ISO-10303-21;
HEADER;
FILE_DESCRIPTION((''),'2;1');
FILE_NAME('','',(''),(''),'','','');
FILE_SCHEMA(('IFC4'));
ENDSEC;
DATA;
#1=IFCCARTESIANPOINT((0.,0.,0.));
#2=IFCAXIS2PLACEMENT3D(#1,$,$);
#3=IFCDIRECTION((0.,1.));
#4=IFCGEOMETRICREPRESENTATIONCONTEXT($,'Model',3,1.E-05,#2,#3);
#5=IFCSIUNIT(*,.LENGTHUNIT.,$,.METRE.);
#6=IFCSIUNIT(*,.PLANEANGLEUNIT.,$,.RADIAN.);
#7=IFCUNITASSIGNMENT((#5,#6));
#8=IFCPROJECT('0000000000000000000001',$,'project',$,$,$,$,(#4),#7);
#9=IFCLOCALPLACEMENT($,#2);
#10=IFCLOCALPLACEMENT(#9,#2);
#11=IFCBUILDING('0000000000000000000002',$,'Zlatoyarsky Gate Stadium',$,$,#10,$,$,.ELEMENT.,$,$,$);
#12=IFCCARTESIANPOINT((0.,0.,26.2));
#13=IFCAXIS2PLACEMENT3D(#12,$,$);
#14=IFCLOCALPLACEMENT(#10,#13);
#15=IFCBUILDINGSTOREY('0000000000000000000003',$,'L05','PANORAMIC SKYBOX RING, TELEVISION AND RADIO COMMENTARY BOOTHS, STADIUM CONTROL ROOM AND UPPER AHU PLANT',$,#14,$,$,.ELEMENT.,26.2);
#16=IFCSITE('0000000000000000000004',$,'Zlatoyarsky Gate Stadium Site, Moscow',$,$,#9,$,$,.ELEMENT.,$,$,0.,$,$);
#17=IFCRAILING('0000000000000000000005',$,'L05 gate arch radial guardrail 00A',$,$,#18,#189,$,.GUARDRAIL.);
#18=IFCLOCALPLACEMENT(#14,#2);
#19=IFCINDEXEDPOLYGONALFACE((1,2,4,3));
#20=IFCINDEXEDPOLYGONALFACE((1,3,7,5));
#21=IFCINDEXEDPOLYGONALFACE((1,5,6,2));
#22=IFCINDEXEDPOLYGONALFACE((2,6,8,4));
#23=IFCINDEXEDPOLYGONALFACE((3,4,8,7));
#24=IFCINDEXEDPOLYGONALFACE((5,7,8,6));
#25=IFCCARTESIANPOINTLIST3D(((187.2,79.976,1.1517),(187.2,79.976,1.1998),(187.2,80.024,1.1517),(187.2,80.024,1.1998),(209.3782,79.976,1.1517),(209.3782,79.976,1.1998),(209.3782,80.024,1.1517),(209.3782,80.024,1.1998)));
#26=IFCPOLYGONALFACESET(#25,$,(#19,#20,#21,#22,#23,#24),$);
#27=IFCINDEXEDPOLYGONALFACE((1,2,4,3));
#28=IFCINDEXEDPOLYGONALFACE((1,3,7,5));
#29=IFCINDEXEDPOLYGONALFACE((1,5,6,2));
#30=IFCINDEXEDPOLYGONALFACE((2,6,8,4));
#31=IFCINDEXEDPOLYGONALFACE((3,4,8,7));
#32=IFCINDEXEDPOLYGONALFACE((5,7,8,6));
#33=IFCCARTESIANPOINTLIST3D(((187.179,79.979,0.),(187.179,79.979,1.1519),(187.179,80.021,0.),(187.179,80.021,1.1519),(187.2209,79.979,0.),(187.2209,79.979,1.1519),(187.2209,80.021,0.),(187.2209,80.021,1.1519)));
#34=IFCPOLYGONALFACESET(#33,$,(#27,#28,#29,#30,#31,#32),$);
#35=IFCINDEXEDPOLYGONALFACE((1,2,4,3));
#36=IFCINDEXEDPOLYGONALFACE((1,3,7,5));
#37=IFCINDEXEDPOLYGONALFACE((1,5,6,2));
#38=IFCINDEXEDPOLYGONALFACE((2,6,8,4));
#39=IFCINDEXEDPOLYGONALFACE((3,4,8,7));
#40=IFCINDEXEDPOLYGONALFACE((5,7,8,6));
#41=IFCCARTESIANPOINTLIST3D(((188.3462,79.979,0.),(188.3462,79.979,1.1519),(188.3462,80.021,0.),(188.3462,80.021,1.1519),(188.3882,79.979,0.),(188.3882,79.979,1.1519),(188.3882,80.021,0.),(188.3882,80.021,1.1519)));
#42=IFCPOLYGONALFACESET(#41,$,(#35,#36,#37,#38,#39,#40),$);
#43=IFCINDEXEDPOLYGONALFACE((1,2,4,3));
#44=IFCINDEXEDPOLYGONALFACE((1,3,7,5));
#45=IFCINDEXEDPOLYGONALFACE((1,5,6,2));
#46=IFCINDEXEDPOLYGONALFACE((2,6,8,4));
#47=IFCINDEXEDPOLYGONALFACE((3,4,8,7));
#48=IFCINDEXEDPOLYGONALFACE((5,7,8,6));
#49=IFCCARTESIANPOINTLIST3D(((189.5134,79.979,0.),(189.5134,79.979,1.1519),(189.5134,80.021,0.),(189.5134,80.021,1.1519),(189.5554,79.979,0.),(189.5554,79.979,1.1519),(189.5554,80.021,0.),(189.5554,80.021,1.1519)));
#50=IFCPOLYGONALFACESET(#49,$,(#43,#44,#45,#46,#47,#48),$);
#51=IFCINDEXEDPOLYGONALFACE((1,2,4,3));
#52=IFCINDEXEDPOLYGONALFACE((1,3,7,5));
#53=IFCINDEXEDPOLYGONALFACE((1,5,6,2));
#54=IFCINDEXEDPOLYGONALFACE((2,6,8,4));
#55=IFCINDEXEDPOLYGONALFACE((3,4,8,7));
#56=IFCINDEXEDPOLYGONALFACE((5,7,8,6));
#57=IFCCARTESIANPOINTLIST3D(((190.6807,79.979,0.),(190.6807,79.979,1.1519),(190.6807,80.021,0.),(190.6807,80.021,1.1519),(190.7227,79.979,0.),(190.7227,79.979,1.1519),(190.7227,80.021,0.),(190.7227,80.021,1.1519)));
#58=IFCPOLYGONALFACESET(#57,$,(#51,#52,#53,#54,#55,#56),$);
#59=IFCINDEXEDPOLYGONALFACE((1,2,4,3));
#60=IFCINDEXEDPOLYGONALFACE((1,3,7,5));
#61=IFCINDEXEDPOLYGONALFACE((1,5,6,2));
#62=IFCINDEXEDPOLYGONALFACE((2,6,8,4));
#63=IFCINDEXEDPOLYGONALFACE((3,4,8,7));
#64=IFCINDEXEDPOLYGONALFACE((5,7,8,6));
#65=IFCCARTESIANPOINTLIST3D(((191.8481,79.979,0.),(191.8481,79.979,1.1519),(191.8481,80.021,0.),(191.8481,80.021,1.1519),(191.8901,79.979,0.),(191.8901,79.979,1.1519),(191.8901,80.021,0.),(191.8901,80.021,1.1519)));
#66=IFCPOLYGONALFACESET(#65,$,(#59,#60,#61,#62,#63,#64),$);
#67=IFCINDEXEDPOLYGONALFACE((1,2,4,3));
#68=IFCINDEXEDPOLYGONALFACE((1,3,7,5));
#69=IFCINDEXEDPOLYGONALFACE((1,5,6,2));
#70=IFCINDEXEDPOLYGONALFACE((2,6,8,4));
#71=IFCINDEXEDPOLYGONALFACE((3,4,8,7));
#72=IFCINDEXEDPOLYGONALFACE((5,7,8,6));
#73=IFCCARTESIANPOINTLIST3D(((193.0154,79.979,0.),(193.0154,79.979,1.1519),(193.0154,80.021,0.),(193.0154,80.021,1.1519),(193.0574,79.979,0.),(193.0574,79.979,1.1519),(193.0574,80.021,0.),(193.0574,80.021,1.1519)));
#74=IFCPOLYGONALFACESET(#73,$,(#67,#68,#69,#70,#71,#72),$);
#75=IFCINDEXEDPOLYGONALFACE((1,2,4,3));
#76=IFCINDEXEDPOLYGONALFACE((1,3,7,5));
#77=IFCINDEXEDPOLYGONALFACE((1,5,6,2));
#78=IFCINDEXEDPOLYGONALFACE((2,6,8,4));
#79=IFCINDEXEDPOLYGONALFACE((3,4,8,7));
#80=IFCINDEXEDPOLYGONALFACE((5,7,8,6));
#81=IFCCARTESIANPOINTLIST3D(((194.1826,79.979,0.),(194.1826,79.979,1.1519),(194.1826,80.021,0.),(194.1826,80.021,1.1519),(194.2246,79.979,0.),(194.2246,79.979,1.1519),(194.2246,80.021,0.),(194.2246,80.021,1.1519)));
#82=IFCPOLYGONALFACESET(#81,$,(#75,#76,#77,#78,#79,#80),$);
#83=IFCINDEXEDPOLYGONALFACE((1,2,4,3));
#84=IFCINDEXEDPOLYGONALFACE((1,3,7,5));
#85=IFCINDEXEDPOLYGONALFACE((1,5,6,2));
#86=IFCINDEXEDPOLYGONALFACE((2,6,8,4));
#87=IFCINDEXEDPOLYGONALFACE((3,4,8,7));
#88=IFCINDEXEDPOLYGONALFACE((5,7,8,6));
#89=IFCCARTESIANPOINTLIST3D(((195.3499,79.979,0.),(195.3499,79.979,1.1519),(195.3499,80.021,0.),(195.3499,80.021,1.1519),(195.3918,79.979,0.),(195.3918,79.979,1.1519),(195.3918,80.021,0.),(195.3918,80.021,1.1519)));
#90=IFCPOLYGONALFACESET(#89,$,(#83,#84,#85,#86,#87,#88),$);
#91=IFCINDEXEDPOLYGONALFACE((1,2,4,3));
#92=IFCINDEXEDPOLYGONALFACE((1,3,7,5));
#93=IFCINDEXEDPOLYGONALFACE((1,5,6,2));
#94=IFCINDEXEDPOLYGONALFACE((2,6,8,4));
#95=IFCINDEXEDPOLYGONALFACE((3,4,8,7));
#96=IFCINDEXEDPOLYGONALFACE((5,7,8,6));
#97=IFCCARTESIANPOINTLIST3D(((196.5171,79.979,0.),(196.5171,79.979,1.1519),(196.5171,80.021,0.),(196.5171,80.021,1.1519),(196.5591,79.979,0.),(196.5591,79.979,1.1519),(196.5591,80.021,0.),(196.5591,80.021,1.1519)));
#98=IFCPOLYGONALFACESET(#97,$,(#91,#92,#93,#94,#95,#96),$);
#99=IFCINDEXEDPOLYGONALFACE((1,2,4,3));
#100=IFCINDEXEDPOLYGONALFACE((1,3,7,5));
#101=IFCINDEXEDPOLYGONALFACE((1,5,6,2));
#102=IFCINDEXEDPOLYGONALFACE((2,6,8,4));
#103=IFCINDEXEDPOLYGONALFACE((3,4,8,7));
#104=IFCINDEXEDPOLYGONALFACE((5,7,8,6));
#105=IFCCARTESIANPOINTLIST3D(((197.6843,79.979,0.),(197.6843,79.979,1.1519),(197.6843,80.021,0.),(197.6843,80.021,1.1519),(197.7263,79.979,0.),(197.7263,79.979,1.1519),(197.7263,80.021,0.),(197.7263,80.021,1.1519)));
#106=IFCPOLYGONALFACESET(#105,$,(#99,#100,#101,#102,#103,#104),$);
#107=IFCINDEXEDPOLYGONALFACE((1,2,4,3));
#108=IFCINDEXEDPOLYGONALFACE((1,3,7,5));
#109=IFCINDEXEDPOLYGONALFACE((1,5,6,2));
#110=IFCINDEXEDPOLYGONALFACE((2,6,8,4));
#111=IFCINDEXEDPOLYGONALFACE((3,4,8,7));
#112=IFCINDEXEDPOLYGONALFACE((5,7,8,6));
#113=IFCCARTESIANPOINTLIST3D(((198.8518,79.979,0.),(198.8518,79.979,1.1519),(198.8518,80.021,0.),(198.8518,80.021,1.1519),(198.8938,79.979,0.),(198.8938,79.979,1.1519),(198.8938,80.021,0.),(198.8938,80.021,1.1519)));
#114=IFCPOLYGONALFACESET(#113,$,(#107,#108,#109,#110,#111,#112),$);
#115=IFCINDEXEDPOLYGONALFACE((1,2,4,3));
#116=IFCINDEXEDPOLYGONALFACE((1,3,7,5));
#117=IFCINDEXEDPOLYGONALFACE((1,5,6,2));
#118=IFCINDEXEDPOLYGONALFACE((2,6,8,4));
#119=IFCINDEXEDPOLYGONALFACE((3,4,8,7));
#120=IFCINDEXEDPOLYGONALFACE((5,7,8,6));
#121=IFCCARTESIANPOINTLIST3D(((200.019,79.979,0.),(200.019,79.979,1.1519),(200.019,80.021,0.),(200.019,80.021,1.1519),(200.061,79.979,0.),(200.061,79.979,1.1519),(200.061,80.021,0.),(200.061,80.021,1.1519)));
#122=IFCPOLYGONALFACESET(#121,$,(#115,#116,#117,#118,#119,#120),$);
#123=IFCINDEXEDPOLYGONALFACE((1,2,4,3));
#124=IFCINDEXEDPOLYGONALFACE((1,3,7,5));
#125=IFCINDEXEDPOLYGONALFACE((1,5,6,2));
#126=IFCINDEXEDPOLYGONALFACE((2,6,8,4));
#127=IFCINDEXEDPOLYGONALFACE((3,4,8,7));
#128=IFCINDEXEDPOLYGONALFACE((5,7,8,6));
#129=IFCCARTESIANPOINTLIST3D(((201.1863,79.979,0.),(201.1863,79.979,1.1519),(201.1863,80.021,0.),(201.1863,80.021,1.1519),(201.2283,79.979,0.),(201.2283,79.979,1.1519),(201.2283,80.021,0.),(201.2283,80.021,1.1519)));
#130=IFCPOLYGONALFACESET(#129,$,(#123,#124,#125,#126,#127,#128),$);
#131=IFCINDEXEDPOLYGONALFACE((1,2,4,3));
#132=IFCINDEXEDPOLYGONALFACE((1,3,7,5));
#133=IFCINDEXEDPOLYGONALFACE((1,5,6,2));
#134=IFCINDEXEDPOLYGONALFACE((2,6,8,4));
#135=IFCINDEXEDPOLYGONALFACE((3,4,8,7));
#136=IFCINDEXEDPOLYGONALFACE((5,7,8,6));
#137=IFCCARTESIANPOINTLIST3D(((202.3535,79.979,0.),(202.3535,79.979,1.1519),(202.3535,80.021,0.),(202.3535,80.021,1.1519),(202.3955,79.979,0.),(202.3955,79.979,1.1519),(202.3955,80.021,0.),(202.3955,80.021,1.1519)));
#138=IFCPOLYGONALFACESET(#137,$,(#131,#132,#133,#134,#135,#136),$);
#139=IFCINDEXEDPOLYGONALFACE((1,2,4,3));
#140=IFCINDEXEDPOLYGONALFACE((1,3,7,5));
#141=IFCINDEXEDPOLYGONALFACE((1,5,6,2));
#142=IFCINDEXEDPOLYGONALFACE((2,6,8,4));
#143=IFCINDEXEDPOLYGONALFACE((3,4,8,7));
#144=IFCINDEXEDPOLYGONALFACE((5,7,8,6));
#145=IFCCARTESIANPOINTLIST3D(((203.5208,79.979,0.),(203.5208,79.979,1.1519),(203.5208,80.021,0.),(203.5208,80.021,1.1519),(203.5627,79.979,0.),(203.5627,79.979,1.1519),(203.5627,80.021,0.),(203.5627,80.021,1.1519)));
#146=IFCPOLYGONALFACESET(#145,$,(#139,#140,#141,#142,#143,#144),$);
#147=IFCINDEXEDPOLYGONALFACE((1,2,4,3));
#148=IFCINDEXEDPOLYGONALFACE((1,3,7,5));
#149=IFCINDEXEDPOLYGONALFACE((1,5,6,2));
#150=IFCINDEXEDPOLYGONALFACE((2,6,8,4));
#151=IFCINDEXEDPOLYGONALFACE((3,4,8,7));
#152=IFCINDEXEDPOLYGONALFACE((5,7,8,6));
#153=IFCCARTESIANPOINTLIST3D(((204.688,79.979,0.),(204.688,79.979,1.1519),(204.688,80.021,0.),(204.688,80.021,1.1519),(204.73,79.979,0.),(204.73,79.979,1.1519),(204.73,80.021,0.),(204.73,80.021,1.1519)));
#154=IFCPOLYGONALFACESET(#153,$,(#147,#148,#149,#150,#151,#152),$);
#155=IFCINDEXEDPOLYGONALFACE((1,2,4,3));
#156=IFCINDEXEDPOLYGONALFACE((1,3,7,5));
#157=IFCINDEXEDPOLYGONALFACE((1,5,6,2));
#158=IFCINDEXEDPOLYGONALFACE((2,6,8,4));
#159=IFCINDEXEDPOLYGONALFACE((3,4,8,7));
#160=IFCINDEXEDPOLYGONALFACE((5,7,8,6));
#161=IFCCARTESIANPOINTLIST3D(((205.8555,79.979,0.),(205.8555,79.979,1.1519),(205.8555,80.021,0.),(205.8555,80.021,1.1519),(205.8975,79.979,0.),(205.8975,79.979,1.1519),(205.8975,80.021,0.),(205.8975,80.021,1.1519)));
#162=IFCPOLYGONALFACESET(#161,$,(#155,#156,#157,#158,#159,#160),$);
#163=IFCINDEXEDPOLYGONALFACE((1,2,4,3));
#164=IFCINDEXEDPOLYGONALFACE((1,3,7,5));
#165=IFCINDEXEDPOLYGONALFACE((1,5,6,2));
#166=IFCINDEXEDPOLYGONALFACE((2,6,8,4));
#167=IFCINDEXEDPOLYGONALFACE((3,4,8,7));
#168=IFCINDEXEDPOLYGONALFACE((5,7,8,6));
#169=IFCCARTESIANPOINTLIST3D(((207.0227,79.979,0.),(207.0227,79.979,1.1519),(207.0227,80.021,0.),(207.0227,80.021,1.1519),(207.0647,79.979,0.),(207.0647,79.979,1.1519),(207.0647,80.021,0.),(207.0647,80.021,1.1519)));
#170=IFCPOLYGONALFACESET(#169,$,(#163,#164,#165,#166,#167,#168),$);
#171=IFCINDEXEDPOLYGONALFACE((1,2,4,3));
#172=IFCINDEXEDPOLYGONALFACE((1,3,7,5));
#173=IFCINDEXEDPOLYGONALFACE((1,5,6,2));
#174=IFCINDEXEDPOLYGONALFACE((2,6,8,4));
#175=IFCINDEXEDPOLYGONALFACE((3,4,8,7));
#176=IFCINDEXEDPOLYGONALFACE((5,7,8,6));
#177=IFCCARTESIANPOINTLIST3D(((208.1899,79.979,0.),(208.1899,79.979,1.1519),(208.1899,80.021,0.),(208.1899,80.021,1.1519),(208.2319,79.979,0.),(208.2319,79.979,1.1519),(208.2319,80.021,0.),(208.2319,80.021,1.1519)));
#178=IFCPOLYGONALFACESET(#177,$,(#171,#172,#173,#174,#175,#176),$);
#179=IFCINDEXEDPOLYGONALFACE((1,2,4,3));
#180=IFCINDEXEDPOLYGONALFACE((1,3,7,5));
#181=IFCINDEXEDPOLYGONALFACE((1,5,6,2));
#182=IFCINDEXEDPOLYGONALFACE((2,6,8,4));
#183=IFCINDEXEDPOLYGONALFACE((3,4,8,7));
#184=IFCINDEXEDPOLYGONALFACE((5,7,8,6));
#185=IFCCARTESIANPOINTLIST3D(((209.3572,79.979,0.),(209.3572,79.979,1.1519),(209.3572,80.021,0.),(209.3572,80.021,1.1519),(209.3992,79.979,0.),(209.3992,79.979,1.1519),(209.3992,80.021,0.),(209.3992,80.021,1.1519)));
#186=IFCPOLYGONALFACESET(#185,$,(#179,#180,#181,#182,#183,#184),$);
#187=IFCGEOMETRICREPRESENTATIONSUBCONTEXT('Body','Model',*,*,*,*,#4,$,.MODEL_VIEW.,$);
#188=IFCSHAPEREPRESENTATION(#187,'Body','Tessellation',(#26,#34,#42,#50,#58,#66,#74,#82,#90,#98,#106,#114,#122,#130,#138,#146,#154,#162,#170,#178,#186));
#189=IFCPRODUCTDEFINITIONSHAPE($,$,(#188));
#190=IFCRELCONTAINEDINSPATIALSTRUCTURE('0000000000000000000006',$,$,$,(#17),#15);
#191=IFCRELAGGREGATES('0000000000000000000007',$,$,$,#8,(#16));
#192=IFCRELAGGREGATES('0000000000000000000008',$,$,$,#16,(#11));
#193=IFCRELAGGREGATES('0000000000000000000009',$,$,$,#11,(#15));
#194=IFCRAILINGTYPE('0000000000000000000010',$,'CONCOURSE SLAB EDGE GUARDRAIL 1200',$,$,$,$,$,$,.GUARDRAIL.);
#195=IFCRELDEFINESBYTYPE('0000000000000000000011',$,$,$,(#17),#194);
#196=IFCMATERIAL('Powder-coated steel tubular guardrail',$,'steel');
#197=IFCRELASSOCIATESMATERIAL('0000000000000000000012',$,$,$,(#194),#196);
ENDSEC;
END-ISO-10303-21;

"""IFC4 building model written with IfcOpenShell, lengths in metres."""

from ifc_helpers import new_model, si_unit, direction, frame, origin, origin_2d, place, context, subcontext, project, spatial, rectangle, extrude, material, type_object, element, save


model = new_model("IFC4")

# Units and contexts
model_context = context("Model", 3, precision=1e-05, world=origin(), true_north=direction((0.0, 1.0)))
body_context = subcontext(model_context, "Body", "Model", "MODEL_VIEW")
ifc_project = project(units=[si_unit("LENGTHUNIT", "METRE"), si_unit("PLANEANGLEUNIT", "RADIAN")], contexts=[model_context])

# Site, building, storey
site_placement = place(None, origin())
site = spatial("IfcSite", under=ifc_project, at=site_placement, Name="Zlatoyarsky Gate Stadium Site, Moscow", CompositionType="ELEMENT", RefElevation=0.0)
building_placement = place(site_placement, origin())
building = spatial("IfcBuilding", under=site, at=building_placement, Name="Zlatoyarsky Gate Stadium", CompositionType="ELEMENT")
storey_placement = place(building_placement, frame((0.0, 0.0, 26.2)))
storey = spatial("IfcBuildingStorey", under=building, at=storey_placement, Name="L05", Description="PANORAMIC SKYBOX RING, TELEVISION AND RADIO COMMENTARY BOOTHS, STADIUM CONTROL ROOM AND UPPER AHU PLANT", CompositionType="ELEMENT", Elevation=26.2)

# Railing
ifc_material_1 = material(Name="Powder-coated steel tubular guardrail", Category="steel")
railing_type = type_object("IfcRailingType", Name="CONCOURSE SLAB EDGE GUARDRAIL 1200", PredefinedType="GUARDRAIL", material=ifc_material_1)
railing_1_placement = place(storey_placement, frame((187.2, 80.0, 0.0)))
element("IfcRailing", 1, at=railing_1_placement, inside=storey, type_object=railing_type, Name="L05 gate arch radial guardrail 00A", PredefinedType="GUARDRAIL", context=body_context, shape_type="SweptSolid", body=[
    extrude(rectangle(XDim=0.0481, YDim=0.0481, at=origin_2d()), frame((0.0, 0.0, 1.1758), z_axis=(1.0, 0.0, 0.0), x_axis=(0.0, 1.0, 0.0)), (0.0, 0.0, 1.0), 22.1782),
    extrude(rectangle(XDim=0.042, YDim=0.042, at=origin_2d()), origin(), (0.0, 0.0, 1.0), 1.1519),
    extrude(rectangle(XDim=0.042, YDim=0.042, at=origin_2d()), frame((1.1672, 0.0, 0.0)), (0.0, 0.0, 1.0), 1.1519),
    extrude(rectangle(XDim=0.042, YDim=0.042, at=origin_2d()), frame((2.3345, 0.0, 0.0)), (0.0, 0.0, 1.0), 1.1519),
    extrude(rectangle(XDim=0.042, YDim=0.042, at=origin_2d()), frame((3.5017, 0.0, 0.0)), (0.0, 0.0, 1.0), 1.1519),
    extrude(rectangle(XDim=0.042, YDim=0.042, at=origin_2d()), frame((4.6692, 0.0, 0.0)), (0.0, 0.0, 1.0), 1.1519),
    extrude(rectangle(XDim=0.042, YDim=0.042, at=origin_2d()), frame((5.8364, 0.0, 0.0)), (0.0, 0.0, 1.0), 1.1519),
    extrude(rectangle(XDim=0.042, YDim=0.042, at=origin_2d()), frame((7.0037, 0.0, 0.0)), (0.0, 0.0, 1.0), 1.1519),
    extrude(rectangle(XDim=0.042, YDim=0.042, at=origin_2d()), frame((8.1709, 0.0, 0.0)), (0.0, 0.0, 1.0), 1.1519),
    extrude(rectangle(XDim=0.042, YDim=0.042, at=origin_2d()), frame((9.3381, 0.0, 0.0)), (0.0, 0.0, 1.0), 1.1519),
    extrude(rectangle(XDim=0.042, YDim=0.042, at=origin_2d()), frame((10.5054, 0.0, 0.0)), (0.0, 0.0, 1.0), 1.1519),
    extrude(rectangle(XDim=0.042, YDim=0.042, at=origin_2d()), frame((11.6729, 0.0, 0.0)), (0.0, 0.0, 1.0), 1.1519),
    extrude(rectangle(XDim=0.042, YDim=0.042, at=origin_2d()), frame((12.8401, 0.0, 0.0)), (0.0, 0.0, 1.0), 1.1519),
    extrude(rectangle(XDim=0.042, YDim=0.042, at=origin_2d()), frame((14.0073, 0.0, 0.0)), (0.0, 0.0, 1.0), 1.1519),
    extrude(rectangle(XDim=0.042, YDim=0.042, at=origin_2d()), frame((15.1746, 0.0, 0.0)), (0.0, 0.0, 1.0), 1.1519),
    extrude(rectangle(XDim=0.042, YDim=0.042, at=origin_2d()), frame((16.3418, 0.0, 0.0)), (0.0, 0.0, 1.0), 1.1519),
    extrude(rectangle(XDim=0.042, YDim=0.042, at=origin_2d()), frame((17.509, 0.0, 0.0)), (0.0, 0.0, 1.0), 1.1519),
    extrude(rectangle(XDim=0.042, YDim=0.042, at=origin_2d()), frame((18.6765, 0.0, 0.0)), (0.0, 0.0, 1.0), 1.1519),
    extrude(rectangle(XDim=0.042, YDim=0.042, at=origin_2d()), frame((19.8438, 0.0, 0.0)), (0.0, 0.0, 1.0), 1.1519),
    extrude(rectangle(XDim=0.042, YDim=0.042, at=origin_2d()), frame((21.011, 0.0, 0.0)), (0.0, 0.0, 1.0), 1.1519),
    extrude(rectangle(XDim=0.042, YDim=0.042, at=origin_2d()), frame((22.1782, 0.0, 0.0)), (0.0, 0.0, 1.0), 1.1519),
])

save(model, "model.ifc")
